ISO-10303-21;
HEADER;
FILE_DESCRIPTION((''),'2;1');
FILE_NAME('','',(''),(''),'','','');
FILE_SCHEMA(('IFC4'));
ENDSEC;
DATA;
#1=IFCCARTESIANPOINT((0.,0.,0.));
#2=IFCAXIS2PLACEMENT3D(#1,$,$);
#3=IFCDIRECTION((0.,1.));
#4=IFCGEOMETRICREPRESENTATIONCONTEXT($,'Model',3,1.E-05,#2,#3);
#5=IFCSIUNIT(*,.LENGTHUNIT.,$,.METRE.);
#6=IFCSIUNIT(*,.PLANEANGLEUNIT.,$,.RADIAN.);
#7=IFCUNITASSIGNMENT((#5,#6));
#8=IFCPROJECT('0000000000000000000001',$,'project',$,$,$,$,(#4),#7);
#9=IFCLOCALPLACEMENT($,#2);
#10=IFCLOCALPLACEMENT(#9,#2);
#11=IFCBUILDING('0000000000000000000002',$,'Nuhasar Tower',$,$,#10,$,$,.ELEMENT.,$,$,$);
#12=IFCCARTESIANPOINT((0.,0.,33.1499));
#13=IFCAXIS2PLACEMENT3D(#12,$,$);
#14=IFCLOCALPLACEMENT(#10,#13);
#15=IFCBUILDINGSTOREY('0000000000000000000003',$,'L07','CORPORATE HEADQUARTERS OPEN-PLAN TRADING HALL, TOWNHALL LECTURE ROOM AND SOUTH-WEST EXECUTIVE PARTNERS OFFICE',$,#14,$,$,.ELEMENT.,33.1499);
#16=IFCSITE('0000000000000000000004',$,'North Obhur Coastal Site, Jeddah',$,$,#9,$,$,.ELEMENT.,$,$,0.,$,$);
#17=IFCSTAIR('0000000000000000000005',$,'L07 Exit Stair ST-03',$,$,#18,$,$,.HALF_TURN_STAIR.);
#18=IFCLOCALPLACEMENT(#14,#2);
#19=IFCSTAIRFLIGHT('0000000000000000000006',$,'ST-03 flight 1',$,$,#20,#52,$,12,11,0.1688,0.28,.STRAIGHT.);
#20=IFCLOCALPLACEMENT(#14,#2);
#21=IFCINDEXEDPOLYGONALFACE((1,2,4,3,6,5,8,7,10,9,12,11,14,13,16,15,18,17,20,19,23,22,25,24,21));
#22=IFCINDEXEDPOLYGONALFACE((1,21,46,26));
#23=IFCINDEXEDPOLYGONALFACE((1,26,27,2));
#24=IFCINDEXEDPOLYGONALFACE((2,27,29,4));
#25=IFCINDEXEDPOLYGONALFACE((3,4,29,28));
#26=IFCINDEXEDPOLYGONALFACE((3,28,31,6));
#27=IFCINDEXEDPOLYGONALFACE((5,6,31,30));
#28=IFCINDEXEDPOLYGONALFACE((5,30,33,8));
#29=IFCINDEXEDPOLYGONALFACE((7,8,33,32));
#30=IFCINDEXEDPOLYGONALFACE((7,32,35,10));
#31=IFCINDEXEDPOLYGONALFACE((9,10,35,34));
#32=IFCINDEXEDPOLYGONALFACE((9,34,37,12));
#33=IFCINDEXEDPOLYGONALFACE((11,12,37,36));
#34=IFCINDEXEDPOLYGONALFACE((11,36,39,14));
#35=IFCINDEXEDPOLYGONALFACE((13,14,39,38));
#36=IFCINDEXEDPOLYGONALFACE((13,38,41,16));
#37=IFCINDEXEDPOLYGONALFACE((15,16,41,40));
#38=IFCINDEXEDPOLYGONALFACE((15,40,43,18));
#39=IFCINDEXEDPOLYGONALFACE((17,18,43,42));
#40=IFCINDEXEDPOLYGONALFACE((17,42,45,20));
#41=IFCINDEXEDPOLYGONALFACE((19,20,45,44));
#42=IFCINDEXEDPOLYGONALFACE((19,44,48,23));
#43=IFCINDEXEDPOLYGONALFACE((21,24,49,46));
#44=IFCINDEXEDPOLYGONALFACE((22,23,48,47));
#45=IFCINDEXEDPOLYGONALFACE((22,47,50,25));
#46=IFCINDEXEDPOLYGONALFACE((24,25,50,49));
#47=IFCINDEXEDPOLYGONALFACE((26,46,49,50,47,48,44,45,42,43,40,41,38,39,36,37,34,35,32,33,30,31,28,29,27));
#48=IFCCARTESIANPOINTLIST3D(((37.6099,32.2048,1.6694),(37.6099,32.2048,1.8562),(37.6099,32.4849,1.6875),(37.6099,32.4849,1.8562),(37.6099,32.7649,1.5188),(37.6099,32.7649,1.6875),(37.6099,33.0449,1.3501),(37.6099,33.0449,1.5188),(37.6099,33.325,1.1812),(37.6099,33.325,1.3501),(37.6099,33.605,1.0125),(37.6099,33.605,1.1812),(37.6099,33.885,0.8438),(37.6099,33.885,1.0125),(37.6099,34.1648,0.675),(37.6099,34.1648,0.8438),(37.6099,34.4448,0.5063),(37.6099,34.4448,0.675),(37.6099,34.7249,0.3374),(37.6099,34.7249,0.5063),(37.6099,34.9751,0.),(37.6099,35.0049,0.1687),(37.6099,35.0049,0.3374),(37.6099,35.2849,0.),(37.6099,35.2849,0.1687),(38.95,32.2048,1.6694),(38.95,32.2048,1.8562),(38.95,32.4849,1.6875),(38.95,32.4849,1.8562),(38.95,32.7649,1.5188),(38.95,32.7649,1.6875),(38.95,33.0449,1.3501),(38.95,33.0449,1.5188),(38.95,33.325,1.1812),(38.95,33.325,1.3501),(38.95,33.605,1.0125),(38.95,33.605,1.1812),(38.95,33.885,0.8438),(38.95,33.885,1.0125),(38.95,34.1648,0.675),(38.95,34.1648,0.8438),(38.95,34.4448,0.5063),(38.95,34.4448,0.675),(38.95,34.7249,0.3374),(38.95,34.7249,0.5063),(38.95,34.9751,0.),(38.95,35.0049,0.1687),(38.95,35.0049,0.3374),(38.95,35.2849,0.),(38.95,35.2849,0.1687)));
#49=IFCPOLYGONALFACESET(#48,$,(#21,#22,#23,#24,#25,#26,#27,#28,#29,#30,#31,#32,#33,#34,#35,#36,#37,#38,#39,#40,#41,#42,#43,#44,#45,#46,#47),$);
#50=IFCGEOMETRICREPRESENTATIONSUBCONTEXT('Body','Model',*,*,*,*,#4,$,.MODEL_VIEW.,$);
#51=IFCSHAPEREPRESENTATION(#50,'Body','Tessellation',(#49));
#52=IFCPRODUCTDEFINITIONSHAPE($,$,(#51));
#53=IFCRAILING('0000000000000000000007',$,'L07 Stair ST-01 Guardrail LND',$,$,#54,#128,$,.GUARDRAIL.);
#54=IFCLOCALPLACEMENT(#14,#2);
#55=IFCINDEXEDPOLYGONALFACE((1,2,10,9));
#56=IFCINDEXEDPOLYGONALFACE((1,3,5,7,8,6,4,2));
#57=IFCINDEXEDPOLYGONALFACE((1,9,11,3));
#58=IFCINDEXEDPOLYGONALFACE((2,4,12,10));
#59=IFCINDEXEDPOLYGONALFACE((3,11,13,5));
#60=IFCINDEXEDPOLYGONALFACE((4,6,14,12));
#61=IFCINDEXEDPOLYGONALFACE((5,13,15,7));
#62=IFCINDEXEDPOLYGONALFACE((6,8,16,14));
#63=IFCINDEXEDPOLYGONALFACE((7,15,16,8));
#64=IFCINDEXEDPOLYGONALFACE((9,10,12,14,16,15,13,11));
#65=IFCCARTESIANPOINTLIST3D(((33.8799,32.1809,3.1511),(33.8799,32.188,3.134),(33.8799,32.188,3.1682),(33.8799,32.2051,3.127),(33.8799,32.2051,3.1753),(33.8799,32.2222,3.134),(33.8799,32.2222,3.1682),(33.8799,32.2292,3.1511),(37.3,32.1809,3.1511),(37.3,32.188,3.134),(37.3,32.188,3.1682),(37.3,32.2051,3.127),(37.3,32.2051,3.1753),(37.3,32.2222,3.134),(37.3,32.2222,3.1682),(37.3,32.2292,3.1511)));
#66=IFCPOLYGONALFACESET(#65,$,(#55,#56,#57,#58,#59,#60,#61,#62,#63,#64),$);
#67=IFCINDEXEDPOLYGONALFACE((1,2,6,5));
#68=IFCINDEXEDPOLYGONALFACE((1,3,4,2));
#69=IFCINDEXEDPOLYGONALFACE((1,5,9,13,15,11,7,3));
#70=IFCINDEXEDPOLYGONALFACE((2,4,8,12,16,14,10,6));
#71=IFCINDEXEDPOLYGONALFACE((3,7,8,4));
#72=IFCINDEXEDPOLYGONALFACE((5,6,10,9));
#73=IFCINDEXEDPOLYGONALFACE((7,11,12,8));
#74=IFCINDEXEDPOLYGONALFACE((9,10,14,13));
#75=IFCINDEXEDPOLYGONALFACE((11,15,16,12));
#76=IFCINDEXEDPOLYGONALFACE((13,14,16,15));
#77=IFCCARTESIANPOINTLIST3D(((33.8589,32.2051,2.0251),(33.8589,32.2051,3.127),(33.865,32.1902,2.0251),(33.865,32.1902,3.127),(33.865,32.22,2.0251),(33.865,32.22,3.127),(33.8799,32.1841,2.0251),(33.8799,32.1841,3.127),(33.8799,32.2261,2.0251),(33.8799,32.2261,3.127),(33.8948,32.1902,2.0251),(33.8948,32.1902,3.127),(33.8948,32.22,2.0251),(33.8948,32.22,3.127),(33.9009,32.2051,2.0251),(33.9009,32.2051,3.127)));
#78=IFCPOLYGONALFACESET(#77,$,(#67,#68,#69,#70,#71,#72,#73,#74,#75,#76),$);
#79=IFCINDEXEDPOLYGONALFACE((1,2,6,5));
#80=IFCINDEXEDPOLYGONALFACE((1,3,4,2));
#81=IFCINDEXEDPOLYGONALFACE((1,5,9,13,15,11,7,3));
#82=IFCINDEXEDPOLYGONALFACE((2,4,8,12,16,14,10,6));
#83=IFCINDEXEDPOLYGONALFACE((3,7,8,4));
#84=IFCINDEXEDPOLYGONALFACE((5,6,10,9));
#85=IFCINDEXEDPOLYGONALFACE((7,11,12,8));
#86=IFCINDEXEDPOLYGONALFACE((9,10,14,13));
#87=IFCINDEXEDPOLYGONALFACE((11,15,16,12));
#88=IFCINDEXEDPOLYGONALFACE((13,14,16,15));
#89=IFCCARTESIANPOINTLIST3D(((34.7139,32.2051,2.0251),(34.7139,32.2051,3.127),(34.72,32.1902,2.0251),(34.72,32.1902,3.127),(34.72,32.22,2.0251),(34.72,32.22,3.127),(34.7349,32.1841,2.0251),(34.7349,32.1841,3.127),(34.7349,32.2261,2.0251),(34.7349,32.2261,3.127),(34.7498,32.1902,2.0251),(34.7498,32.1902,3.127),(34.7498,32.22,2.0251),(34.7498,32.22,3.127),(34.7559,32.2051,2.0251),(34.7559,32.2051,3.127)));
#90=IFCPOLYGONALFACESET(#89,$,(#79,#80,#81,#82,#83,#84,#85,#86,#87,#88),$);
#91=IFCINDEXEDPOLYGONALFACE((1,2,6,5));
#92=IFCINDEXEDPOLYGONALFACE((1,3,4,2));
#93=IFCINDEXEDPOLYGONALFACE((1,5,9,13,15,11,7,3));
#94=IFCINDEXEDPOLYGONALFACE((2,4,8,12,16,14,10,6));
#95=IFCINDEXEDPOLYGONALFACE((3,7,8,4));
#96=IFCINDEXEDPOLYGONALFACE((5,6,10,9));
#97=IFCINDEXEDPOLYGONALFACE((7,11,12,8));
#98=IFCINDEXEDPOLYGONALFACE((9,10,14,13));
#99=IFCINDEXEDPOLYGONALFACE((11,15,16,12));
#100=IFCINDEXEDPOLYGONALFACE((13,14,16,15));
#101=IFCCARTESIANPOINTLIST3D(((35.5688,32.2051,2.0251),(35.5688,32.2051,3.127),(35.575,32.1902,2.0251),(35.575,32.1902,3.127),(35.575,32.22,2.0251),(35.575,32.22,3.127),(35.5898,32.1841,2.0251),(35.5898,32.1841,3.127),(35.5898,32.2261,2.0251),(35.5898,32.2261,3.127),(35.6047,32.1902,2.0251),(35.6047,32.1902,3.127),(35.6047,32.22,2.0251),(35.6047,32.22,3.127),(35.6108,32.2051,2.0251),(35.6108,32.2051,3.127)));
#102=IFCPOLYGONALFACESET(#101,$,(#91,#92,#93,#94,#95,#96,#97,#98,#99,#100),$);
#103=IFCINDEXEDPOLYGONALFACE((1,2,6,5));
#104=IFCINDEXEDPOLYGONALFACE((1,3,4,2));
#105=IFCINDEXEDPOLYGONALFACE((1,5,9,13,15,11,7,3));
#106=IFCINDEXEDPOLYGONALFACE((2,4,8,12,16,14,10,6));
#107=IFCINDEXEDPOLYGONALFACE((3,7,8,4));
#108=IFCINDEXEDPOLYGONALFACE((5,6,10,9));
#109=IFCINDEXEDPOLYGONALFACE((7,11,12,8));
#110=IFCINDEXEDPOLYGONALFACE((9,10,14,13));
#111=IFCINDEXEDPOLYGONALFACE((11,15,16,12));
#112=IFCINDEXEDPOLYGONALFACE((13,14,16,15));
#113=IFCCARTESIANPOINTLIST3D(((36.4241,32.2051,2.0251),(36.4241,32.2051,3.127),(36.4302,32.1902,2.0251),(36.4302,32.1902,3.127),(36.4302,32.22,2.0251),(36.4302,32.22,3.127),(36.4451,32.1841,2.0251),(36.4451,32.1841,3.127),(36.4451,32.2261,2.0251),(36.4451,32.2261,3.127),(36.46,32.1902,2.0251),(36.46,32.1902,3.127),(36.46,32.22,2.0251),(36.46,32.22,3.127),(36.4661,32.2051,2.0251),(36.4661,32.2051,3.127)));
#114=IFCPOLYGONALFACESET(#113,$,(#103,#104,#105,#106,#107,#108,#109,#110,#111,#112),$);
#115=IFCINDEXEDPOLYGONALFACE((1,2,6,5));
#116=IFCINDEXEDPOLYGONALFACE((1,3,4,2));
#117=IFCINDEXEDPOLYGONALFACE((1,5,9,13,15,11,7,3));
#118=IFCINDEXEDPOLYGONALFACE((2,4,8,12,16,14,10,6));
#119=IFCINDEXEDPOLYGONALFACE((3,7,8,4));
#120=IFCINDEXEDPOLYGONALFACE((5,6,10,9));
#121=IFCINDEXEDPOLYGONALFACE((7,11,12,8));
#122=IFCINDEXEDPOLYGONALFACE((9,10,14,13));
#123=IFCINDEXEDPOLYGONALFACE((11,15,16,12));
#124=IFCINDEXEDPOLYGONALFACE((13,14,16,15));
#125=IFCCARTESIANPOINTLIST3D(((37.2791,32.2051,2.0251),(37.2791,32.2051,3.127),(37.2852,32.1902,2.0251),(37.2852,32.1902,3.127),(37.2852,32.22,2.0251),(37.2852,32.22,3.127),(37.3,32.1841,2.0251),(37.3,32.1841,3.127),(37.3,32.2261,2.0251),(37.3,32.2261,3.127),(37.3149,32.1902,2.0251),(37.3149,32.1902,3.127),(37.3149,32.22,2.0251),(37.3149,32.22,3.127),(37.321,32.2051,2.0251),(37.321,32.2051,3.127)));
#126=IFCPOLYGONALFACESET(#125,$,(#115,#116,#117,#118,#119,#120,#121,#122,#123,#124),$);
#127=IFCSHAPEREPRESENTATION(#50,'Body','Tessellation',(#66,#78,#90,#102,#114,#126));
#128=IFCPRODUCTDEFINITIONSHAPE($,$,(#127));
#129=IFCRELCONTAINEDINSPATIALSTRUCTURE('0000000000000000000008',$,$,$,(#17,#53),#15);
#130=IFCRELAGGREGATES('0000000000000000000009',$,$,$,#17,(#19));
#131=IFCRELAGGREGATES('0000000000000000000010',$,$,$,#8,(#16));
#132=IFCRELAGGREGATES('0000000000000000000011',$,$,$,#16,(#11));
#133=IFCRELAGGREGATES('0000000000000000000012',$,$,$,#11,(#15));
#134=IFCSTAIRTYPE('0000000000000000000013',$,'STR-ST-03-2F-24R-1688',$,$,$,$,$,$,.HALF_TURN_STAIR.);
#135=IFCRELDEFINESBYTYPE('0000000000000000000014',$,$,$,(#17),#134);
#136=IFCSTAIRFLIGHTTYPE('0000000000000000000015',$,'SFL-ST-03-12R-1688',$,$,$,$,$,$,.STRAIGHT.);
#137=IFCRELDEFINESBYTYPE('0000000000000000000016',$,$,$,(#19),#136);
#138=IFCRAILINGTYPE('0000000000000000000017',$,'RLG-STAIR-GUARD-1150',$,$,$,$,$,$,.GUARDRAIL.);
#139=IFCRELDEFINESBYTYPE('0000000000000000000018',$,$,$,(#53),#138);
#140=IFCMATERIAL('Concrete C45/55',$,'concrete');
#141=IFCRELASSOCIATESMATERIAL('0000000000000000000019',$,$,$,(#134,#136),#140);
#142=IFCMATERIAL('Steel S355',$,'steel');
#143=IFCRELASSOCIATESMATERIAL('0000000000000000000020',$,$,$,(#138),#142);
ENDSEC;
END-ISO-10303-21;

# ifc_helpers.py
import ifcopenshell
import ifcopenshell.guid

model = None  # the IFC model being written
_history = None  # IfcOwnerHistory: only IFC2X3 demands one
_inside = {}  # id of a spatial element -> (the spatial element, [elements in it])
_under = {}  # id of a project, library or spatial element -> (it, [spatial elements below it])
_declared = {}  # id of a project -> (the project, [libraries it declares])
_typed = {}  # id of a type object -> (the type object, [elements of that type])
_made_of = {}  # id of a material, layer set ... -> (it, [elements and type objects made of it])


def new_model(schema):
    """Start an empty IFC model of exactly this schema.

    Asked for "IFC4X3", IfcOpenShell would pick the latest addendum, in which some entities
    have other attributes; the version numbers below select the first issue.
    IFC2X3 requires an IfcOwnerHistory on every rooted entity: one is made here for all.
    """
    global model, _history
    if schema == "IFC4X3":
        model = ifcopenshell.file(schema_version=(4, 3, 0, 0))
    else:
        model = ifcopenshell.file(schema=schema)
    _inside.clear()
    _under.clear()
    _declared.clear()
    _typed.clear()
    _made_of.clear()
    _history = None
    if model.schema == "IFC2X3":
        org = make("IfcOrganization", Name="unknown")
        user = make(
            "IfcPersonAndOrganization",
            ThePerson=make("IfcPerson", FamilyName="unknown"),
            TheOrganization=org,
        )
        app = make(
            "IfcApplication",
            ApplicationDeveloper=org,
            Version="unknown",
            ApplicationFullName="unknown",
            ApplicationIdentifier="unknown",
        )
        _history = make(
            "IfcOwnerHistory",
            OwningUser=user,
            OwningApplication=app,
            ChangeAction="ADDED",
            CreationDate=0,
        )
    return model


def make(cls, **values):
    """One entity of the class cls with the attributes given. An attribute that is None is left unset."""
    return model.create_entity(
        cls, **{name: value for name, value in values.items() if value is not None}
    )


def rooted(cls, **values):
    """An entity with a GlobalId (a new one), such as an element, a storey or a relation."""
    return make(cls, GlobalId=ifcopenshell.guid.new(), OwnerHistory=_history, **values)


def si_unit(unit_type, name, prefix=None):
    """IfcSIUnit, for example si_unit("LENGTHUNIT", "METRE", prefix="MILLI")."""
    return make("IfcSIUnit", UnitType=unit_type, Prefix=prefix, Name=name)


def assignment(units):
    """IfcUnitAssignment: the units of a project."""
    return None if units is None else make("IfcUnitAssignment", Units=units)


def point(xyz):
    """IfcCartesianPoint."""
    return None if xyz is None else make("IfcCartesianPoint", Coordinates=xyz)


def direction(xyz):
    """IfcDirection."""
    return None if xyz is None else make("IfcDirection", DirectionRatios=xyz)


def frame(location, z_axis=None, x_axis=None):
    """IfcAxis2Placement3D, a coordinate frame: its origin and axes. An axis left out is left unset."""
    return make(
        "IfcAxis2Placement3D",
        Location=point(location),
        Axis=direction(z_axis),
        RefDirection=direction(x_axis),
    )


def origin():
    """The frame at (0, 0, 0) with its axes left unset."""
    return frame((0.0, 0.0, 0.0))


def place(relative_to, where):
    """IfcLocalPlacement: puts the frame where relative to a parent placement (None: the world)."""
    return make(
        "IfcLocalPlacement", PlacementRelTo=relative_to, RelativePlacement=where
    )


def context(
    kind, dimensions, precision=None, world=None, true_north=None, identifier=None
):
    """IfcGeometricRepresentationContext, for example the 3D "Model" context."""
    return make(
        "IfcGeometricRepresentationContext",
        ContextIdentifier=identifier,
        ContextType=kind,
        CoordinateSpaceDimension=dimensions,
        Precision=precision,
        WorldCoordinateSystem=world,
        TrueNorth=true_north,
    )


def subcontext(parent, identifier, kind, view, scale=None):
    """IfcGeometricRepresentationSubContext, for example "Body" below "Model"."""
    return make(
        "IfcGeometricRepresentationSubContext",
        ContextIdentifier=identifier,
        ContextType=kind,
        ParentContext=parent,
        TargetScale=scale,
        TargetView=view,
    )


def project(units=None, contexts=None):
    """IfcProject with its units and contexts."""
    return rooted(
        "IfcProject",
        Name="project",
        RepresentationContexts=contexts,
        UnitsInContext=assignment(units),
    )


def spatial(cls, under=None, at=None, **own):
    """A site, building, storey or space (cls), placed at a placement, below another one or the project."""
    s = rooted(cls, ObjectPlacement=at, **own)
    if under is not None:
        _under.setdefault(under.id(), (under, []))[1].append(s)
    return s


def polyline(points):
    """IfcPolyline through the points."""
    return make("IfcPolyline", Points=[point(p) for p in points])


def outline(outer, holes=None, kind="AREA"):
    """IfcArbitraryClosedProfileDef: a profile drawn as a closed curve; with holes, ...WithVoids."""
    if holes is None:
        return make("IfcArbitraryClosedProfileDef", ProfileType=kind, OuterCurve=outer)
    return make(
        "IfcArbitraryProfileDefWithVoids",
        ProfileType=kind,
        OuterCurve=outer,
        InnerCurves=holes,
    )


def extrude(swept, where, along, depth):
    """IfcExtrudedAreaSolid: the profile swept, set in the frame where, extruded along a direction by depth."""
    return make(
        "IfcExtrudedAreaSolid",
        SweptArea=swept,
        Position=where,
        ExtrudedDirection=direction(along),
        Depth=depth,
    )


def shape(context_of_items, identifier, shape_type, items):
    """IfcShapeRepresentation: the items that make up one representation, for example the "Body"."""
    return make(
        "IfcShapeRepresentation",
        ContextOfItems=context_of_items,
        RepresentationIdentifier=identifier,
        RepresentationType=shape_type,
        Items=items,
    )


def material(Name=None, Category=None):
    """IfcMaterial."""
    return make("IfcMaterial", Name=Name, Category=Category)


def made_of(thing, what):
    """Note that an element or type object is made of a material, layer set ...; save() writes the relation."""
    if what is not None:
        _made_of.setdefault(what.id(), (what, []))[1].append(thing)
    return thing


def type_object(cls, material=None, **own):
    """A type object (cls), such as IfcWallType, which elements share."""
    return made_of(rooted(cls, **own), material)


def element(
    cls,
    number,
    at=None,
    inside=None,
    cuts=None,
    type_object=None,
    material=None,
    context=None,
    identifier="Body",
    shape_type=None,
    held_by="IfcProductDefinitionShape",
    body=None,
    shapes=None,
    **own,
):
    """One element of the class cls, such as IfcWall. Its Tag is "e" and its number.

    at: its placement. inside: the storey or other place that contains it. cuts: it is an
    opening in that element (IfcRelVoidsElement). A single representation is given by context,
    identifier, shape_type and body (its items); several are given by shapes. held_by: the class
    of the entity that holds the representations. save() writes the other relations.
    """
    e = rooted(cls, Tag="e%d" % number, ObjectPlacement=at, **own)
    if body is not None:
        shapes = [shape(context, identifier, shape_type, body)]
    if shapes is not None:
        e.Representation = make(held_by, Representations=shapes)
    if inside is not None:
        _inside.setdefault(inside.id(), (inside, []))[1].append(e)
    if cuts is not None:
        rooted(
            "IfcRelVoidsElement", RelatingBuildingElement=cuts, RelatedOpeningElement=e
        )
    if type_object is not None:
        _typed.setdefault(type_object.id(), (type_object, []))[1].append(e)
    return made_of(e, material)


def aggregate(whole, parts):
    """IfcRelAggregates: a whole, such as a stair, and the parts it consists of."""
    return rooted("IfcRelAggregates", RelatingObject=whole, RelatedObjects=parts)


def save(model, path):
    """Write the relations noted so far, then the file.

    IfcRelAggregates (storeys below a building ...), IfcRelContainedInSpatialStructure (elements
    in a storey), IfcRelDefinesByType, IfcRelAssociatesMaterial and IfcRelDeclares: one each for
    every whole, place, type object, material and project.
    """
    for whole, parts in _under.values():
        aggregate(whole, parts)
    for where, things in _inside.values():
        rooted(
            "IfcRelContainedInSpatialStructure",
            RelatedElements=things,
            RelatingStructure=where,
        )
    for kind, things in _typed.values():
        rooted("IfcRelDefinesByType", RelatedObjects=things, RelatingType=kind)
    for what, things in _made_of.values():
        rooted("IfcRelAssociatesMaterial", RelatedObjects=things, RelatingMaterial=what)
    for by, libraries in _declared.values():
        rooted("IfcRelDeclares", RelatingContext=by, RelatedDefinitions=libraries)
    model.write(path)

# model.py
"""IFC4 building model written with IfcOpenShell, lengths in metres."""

from ifc_helpers import new_model, si_unit, direction, frame, origin, place, context, subcontext, project, spatial, polyline, outline, extrude, material, type_object, element, aggregate, save


model = new_model("IFC4")

# Units and contexts
model_context = context("Model", 3, precision=1e-05, world=origin(), true_north=direction((0.0, 1.0)))
body_context = subcontext(model_context, "Body", "Model", "MODEL_VIEW")
ifc_project = project(units=[si_unit("LENGTHUNIT", "METRE"), si_unit("PLANEANGLEUNIT", "RADIAN")], contexts=[model_context])

# Site, building, storey
site_placement = place(None, origin())
site = spatial("IfcSite", under=ifc_project, at=site_placement, Name="North Obhur Coastal Site, Jeddah", CompositionType="ELEMENT", RefElevation=0.0)
building_placement = place(site_placement, origin())
building = spatial("IfcBuilding", under=site, at=building_placement, Name="Nuhasar Tower", CompositionType="ELEMENT")
storey_placement = place(building_placement, frame((0.0, 0.0, 33.1499)))
storey = spatial("IfcBuildingStorey", under=building, at=storey_placement, Name="L07", Description="CORPORATE HEADQUARTERS OPEN-PLAN TRADING HALL, TOWNHALL LECTURE ROOM AND SOUTH-WEST EXECUTIVE PARTNERS OFFICE", CompositionType="ELEMENT", Elevation=33.1499)

# Shared definitions
ifc_material_1 = material(Name="Steel S355", Category="steel")

# Shared definitions
ifc_material_2 = material(Name="Concrete C45/55", Category="concrete")

# Stair, stair flight
stair_type_1 = type_object("IfcStairType", Name="STR-ST-03-2F-24R-1688", PredefinedType="HALF_TURN_STAIR", material=ifc_material_2)
stair_1_placement = place(storey_placement, origin())
stair_1 = element("IfcStair", 1, at=stair_1_placement, inside=storey, type_object=stair_type_1, Name="L07 Exit Stair ST-03", PredefinedType="HALF_TURN_STAIR")
stair_flight_type_1 = type_object("IfcStairFlightType", Name="SFL-ST-03-12R-1688", PredefinedType="STRAIGHT", material=ifc_material_2)
stair_flight_1_placement = place(storey_placement, frame((38.28, 35.2849, 0.0), z_axis=(0.0, 0.0, 1.0), x_axis=(0.0, -1.0, 0.0)))
stair_flight_1 = element("IfcStairFlight", 2, at=stair_flight_1_placement, type_object=stair_flight_type_1, Name="ST-03 flight 1", NumberOfRisers=12, NumberOfTreads=11, PredefinedType="STRAIGHT", RiserHeight=0.1688, TreadLength=0.28, context=body_context, shape_type="SweptSolid", body=[
    extrude(outline(polyline([(0.0, 0.0), (0.0, 0.1687), (0.28, 0.1687), (0.28, 0.3374), (0.5601, 0.3374), (0.5601, 0.5063), (0.8401, 0.5063), (0.8401, 0.675), (1.1201, 0.675), (1.1201, 0.8438), (1.3999, 0.8438), (1.3999, 1.0125), (1.6799, 1.0125), (1.6799, 1.1812), (1.96, 1.1812), (1.96, 1.3501), (2.24, 1.3501), (2.24, 1.5188), (2.52, 1.5188), (2.52, 1.6875), (2.8, 1.6875), (2.8, 1.8562), (3.0801, 1.8562), (3.0801, 2.0249), (3.0801, 1.6694), (0.3098, 0.0), (0.0, 0.0)])), frame((0.0, 0.6699, 0.0), z_axis=(0.0, -1.0, 0.0), x_axis=(1.0, 0.0, 0.0)), (0.0, 0.0, 1.0), 1.3401),
])
aggregate(stair_1, [stair_flight_1])

# Railing
railing_type_1 = type_object("IfcRailingType", Name="RLG-STAIR-GUARD-1150", PredefinedType="GUARDRAIL", material=ifc_material_1)
railing_1_placement = place(storey_placement, frame((33.8799, 32.2051, 2.0251)))
element("IfcRailing", 3, at=railing_1_placement, inside=storey, type_object=railing_type_1, Name="L07 Stair ST-01 Guardrail LND", PredefinedType="GUARDRAIL", context=body_context, shape_type="SweptSolid", body=[
    extrude(outline(polyline([(0.0242, 0.0), (0.0171, 0.0171), (0.0, 0.0242), (-0.0171, 0.0171), (-0.0242, 0.0), (-0.0171, -0.0171), (0.0, -0.0242), (0.0171, -0.0171), (0.0242, 0.0)])), frame((0.0, 0.0, 1.126), z_axis=(1.0, 0.0, 0.0), x_axis=(0.0, 1.0, 0.0)), (0.0, 0.0, 1.0), 3.4202),
    extrude(outline(polyline([(0.021, 0.0), (0.0149, 0.0149), (0.0, 0.021), (-0.0149, 0.0149), (-0.021, 0.0), (-0.0149, -0.0149), (0.0, -0.021), (0.0149, -0.0149), (0.021, 0.0)])), origin(), (0.0, 0.0, 1.0), 1.1018),
    extrude(outline(polyline([(0.021, 0.0), (0.0149, 0.0149), (0.0, 0.021), (-0.0149, 0.0149), (-0.021, 0.0), (-0.0149, -0.0149), (0.0, -0.021), (0.0149, -0.0149), (0.021, 0.0)])), frame((0.855, 0.0, 0.0)), (0.0, 0.0, 1.0), 1.1018),
    extrude(outline(polyline([(0.021, 0.0), (0.0149, 0.0149), (0.0, 0.021), (-0.0149, 0.0149), (-0.021, 0.0), (-0.0149, -0.0149), (0.0, -0.021), (0.0149, -0.0149), (0.021, 0.0)])), frame((1.71, 0.0, 0.0)), (0.0, 0.0, 1.0), 1.1018),
    extrude(outline(polyline([(0.021, 0.0), (0.0149, 0.0149), (0.0, 0.021), (-0.0149, 0.0149), (-0.021, 0.0), (-0.0149, -0.0149), (0.0, -0.021), (0.0149, -0.0149), (0.021, 0.0)])), frame((2.5652, 0.0, 0.0)), (0.0, 0.0, 1.0), 1.1018),
    extrude(outline(polyline([(0.021, 0.0), (0.0149, 0.0149), (0.0, 0.021), (-0.0149, 0.0149), (-0.021, 0.0), (-0.0149, -0.0149), (0.0, -0.021), (0.0149, -0.0149), (0.021, 0.0)])), frame((3.4202, 0.0, 0.0)), (0.0, 0.0, 1.0), 1.1018),
])

save(model, "model.ifc")
